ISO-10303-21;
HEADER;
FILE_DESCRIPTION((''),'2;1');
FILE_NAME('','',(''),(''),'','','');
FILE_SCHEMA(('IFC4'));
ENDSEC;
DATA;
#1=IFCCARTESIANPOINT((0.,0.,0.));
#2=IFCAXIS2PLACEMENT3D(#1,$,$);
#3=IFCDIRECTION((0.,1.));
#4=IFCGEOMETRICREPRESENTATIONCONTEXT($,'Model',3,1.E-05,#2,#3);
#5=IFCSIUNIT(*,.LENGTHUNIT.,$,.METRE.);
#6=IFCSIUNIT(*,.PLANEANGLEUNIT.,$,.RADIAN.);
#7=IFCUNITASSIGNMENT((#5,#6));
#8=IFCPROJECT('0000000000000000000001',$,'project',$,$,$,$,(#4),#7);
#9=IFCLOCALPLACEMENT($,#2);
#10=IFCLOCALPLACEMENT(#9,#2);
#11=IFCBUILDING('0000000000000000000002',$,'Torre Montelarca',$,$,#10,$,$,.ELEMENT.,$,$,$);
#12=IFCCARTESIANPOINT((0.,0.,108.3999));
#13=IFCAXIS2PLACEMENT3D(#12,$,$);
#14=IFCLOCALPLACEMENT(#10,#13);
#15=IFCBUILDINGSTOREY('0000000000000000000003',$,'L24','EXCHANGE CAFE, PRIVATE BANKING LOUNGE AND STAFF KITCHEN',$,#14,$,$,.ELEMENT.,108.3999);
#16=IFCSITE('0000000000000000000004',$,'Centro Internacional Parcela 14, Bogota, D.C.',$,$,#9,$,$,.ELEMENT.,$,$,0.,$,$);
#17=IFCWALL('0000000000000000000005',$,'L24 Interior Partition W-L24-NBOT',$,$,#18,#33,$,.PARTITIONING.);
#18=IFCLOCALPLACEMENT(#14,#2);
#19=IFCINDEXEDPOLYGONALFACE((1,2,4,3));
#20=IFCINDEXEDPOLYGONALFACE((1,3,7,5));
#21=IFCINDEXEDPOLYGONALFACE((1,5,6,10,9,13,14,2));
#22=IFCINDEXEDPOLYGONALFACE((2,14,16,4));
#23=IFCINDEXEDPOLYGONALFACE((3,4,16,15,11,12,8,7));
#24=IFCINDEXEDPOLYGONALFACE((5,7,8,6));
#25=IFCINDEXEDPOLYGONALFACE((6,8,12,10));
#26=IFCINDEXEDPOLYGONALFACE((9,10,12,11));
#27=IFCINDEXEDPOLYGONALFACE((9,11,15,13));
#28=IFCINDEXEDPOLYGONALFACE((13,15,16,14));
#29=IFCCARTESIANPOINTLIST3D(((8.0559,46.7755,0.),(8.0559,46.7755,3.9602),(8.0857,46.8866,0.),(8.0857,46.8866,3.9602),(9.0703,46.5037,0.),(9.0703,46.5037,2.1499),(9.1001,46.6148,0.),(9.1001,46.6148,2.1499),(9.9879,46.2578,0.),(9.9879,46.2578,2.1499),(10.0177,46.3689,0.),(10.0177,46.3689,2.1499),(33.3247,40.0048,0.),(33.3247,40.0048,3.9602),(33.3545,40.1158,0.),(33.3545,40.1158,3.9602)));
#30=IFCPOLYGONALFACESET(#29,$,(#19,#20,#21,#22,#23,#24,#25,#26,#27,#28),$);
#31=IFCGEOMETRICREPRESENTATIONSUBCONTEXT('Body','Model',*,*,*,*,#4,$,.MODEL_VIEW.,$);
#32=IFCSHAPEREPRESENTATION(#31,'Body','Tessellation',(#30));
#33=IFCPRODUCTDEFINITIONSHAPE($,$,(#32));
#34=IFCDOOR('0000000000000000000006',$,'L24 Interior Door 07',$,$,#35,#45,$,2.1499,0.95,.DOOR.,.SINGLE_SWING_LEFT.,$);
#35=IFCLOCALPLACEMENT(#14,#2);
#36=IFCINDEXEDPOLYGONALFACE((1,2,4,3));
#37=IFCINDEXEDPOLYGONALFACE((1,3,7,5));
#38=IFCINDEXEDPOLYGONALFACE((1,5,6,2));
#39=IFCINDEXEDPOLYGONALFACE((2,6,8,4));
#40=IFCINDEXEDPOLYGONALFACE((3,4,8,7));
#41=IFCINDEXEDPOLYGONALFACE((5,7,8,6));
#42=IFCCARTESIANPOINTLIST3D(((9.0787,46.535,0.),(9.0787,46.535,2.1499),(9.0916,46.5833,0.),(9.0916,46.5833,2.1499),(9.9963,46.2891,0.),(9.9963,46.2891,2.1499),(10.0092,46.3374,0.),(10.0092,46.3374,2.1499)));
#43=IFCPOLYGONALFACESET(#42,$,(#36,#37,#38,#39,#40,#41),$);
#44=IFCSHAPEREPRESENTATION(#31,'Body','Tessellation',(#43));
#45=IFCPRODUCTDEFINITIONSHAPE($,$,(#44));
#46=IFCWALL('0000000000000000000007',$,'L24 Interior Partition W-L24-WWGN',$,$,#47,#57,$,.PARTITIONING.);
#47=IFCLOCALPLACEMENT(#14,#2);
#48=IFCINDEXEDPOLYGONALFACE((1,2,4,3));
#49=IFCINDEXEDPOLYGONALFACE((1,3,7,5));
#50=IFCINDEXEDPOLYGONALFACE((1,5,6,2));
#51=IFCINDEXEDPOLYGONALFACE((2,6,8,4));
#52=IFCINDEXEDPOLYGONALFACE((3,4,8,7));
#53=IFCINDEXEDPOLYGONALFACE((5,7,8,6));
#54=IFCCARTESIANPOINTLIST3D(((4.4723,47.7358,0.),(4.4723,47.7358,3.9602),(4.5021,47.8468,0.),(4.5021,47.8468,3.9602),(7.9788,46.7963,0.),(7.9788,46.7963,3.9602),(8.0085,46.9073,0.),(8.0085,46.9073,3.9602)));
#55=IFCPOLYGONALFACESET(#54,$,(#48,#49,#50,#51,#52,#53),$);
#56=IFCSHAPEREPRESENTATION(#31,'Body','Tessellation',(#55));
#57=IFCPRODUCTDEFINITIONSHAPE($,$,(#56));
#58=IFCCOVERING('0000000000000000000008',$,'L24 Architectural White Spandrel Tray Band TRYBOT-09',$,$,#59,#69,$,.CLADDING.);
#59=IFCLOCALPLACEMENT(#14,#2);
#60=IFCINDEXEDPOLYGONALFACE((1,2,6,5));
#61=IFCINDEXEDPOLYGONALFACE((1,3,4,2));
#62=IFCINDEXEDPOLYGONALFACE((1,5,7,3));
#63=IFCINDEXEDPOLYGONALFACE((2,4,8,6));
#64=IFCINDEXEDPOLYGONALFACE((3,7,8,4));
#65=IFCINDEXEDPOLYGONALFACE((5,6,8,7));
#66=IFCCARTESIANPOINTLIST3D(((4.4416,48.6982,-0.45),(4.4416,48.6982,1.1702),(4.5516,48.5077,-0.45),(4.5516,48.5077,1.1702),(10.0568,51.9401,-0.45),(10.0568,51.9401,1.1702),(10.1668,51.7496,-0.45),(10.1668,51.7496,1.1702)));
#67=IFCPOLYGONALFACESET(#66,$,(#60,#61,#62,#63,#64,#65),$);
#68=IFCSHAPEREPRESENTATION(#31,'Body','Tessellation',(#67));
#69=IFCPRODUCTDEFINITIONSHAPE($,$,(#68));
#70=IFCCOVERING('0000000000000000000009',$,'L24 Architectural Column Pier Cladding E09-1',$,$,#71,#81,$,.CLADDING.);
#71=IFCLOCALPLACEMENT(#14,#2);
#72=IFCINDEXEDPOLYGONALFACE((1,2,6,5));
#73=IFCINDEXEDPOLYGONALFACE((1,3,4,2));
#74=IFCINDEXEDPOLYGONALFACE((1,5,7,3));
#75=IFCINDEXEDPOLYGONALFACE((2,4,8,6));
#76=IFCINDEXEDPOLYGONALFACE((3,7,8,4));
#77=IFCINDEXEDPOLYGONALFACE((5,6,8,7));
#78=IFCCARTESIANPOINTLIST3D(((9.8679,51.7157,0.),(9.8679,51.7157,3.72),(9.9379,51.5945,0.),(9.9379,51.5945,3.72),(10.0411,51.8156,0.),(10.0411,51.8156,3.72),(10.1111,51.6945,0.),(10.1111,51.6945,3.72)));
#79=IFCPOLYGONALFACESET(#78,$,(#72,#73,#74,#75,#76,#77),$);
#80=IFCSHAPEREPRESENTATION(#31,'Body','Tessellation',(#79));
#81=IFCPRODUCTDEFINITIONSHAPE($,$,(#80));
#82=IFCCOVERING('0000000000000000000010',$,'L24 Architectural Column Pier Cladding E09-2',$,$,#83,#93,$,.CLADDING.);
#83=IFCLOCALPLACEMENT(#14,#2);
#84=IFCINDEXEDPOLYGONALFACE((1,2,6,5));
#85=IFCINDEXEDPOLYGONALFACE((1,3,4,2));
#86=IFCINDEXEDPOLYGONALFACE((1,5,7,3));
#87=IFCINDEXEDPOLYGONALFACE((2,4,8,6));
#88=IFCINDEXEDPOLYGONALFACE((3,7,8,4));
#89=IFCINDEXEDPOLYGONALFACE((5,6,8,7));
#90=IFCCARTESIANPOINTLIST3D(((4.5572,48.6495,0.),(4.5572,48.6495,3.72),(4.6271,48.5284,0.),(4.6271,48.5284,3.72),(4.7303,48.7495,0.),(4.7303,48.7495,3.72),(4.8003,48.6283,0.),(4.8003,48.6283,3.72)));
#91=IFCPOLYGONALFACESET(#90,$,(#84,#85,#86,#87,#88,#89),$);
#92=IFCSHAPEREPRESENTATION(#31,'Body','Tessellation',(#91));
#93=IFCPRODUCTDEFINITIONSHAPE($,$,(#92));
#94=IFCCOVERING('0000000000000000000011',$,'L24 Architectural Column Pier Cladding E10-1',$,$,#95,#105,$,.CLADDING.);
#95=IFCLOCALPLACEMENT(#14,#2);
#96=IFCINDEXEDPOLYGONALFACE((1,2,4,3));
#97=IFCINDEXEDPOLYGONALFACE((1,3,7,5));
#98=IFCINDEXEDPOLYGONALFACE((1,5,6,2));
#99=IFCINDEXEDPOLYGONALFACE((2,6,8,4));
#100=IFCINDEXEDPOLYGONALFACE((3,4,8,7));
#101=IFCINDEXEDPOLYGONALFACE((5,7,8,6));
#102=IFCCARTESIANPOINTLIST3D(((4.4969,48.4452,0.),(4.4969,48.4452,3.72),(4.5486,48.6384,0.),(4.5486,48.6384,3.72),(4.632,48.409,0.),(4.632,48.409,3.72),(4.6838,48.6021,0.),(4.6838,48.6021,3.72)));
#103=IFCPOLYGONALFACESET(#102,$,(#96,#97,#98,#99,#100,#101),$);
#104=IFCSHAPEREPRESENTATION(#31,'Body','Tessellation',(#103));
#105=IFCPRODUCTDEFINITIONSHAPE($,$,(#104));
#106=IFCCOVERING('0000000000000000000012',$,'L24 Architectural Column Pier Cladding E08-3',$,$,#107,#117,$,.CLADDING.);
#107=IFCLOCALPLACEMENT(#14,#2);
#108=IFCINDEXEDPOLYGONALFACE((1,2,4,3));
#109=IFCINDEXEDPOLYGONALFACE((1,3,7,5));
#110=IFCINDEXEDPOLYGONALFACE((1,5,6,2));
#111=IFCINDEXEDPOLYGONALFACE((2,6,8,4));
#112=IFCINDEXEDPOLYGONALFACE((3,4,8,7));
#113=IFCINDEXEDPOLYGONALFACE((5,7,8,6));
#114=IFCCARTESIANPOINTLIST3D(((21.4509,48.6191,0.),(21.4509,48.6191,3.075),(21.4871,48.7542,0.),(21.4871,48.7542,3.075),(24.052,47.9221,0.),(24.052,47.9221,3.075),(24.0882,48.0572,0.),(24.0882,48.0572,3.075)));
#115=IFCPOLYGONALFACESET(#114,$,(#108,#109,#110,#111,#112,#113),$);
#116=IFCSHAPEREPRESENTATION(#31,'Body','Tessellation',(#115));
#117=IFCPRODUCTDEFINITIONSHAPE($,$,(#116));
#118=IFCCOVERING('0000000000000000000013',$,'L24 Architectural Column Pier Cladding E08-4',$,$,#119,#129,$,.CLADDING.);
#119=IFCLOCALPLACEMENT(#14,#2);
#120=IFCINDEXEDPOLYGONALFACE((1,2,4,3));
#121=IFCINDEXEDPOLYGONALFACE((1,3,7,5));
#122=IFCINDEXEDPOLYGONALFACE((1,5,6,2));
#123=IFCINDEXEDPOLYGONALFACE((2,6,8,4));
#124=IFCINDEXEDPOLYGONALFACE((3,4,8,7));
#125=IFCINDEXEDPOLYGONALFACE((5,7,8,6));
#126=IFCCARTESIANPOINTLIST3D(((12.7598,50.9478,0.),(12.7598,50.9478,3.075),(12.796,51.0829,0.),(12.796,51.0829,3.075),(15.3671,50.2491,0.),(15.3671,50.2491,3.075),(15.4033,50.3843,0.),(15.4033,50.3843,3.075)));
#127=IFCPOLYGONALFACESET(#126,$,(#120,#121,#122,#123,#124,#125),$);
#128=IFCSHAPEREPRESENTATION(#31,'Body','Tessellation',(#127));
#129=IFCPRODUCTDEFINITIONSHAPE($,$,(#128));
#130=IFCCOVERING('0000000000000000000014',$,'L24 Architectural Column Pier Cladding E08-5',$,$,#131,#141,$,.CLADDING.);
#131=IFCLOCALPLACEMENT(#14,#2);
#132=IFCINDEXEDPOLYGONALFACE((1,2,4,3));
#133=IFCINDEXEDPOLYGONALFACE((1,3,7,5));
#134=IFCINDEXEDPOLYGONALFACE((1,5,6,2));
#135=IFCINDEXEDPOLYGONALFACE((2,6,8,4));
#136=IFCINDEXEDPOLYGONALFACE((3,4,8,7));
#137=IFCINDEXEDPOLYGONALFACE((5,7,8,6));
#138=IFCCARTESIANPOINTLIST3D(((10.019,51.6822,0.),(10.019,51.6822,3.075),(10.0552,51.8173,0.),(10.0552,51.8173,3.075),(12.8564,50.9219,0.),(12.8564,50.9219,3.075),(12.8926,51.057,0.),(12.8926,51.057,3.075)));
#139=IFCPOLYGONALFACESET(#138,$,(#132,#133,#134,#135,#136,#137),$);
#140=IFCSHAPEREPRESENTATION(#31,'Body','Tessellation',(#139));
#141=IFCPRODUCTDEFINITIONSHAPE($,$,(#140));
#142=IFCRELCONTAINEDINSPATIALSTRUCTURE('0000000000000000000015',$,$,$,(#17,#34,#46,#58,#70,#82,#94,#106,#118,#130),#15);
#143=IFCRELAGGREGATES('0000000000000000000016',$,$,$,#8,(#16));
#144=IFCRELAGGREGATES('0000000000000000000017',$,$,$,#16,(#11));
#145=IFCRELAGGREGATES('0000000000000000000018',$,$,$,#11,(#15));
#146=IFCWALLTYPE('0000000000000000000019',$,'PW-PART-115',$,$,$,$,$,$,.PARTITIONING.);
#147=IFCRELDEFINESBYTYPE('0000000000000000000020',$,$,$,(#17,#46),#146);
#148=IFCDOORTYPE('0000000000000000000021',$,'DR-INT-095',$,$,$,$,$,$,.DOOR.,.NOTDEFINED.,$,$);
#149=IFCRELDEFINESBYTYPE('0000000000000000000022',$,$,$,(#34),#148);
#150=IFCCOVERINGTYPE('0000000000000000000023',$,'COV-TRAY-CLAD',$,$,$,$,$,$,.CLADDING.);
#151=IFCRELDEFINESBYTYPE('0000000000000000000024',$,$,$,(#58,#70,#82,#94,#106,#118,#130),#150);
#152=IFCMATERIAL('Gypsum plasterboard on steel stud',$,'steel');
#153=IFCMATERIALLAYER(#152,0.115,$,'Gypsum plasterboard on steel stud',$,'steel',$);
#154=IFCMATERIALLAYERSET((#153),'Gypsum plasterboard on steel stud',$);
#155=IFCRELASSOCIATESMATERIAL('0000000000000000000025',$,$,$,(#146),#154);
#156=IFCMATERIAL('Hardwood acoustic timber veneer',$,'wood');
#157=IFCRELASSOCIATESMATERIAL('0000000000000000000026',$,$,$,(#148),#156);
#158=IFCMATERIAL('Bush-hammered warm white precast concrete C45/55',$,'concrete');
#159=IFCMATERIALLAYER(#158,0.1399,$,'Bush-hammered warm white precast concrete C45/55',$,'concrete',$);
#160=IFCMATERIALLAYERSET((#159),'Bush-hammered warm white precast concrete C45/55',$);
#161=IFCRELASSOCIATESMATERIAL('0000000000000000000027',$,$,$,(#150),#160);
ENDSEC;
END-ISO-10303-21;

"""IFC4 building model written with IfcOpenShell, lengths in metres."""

from ifc_helpers import new_model, si_unit, direction, frame, frame_2d, origin, origin_2d, place, context, subcontext, project, spatial, rectangle, extrude, source, transform, mapped, material, layer, layer_set, type_object, element, fill, save


model = new_model("IFC4")

# Units and contexts
model_context = context("Model", 3, precision=1e-05, world=origin(), true_north=direction((0.0, 1.0)))
body_context = subcontext(model_context, "Body", "Model", "MODEL_VIEW")
ifc_project = project(units=[si_unit("LENGTHUNIT", "METRE"), si_unit("PLANEANGLEUNIT", "RADIAN")], contexts=[model_context])

# Site, building, storey
site_placement = place(None, origin())
site = spatial("IfcSite", under=ifc_project, at=site_placement, Name="Centro Internacional Parcela 14, Bogota, D.C.", CompositionType="ELEMENT", RefElevation=0.0)
building_placement = place(site_placement, origin())
building = spatial("IfcBuilding", under=site, at=building_placement, Name="Torre Montelarca", CompositionType="ELEMENT")
storey_placement = place(building_placement, frame((0.0, 0.0, 108.3999)))
storey = spatial("IfcBuildingStorey", under=building, at=storey_placement, Name="L24", Description="EXCHANGE CAFE, PRIVATE BANKING LOUNGE AND STAFF KITCHEN", CompositionType="ELEMENT", Elevation=108.3999)

# Wall, opening, door
ifc_material_1 = material(Name="Gypsum plasterboard on steel stud", Category="steel")
ifc_layer_1 = layer(ifc_material_1, 0.115, Name="Gypsum plasterboard on steel stud", Category="steel")
ifc_layer_set_1 = layer_set([ifc_layer_1], Name="Gypsum plasterboard on steel stud")
wall_type_1 = type_object("IfcWallType", Name="PW-PART-115", PredefinedType="PARTITIONING", material=ifc_layer_set_1)
wall_1_placement = place(storey_placement, frame((8.0708, 46.8311, 0.0), z_axis=(0.0, 0.0, 1.0), x_axis=(0.965926, -0.258819, 0.0)))
wall_1 = element("IfcWall", 1, at=wall_1_placement, inside=storey, type_object=wall_type_1, Name="L24 Interior Partition W-L24-NBOT", PredefinedType="PARTITIONING", context=body_context, shape_type="SweptSolid", body=[
    extrude(rectangle(XDim=26.1602, YDim=0.115, at=frame_2d((13.0801, 0.0))), origin(), (0.0, 0.0, 1.0), 3.9602),
])
opening_placement = place(wall_1_placement, frame((1.05, 0.0, 0.0)))
opening = element("IfcOpeningElement", 2, at=opening_placement, cuts=wall_1, PredefinedType="OPENING", context=body_context, shape_type="SweptSolid", body=[
    extrude(rectangle(XDim=0.95, YDim=2.1499, at=frame_2d((0.4751, 1.075))), frame((0.0, 0.0674, 0.0), z_axis=(0.0, -1.0, 0.0), x_axis=(1.0, 0.0, 0.0)), (0.0, 0.0, 1.0), 0.135),
])
ifc_material_2 = material(Name="Hardwood acoustic timber veneer", Category="wood")
door_type = type_object("IfcDoorType", Name="DR-INT-095", OperationType="NOTDEFINED", PredefinedType="DOOR", material=ifc_material_2)
shared_shape_1 = source(origin(), body_context, "Body", "SweptSolid", [
    extrude(rectangle(XDim=0.95, YDim=2.1499, at=frame_2d((0.4751, 1.075))), frame((0.0, 0.0249, 0.0), z_axis=(0.0, -1.0, 0.0), x_axis=(1.0, 0.0, 0.0)), (0.0, 0.0, 1.0), 0.05),
])
door_placement = place(opening_placement, origin())
door = element("IfcDoor", 3, at=door_placement, inside=storey, type_object=door_type, Name="L24 Interior Door 07", OperationType="SINGLE_SWING_LEFT", OverallHeight=2.1499, OverallWidth=0.95, PredefinedType="DOOR", context=body_context, shape_type="MappedRepresentation", body=[
    mapped(shared_shape_1, transform((0.0, 0.0, 0.0), scale=1.0)),
])
fill(opening, door)

# Wall
wall_2_placement = place(storey_placement, frame((4.4873, 47.7913, 0.0), z_axis=(0.0, 0.0, 1.0), x_axis=(0.965931, -0.258801, 0.0)))
element("IfcWall", 4, at=wall_2_placement, inside=storey, type_object=wall_type_1, Name="L24 Interior Partition W-L24-WWGN", PredefinedType="PARTITIONING", context=body_context, shape_type="SweptSolid", body=[
    extrude(rectangle(XDim=3.6301, YDim=0.115, at=frame_2d((1.8149, 0.0))), origin(), (0.0, 0.0, 1.0), 3.9602),
])

# Coverings
ifc_material_3 = material(Name="Bush-hammered warm white precast concrete C45/55", Category="concrete")
ifc_layer_2 = layer(ifc_material_3, 0.1399, Name="Bush-hammered warm white precast concrete C45/55", Category="concrete")
ifc_layer_set_2 = layer_set([ifc_layer_2], Name="Bush-hammered warm white precast concrete C45/55")
covering_type = type_object("IfcCoveringType", Name="COV-TRAY-CLAD", PredefinedType="CLADDING", material=ifc_layer_set_2)
shared_shape_2 = source(origin(), body_context, "Body", "SweptSolid", [
    extrude(rectangle(XDim=6.4839, YDim=0.22, at=origin_2d()), origin(), (0.0, 0.0, 1.0), 1.6201),
])
covering_1_placement = place(storey_placement, frame((7.3042, 50.2239, -0.45), z_axis=(0.0, 0.0, 1.0), x_axis=(-0.866026, -0.499998, 0.0)))
element("IfcCovering", 5, at=covering_1_placement, inside=storey, type_object=covering_type, Name="L24 Architectural White Spandrel Tray Band TRYBOT-09", PredefinedType="CLADDING", context=body_context, shape_type="MappedRepresentation", body=[
    mapped(shared_shape_2, transform((0.0, 0.0, 0.0), scale=1.0)),
])
shared_shape_3 = source(origin(), body_context, "Body", "SweptSolid", [
    extrude(rectangle(XDim=0.2, YDim=0.1399, at=origin_2d()), origin(), (0.0, 0.0, 1.0), 3.72),
])
for number, where, z_axis, x_axis, name in (
    (6, (9.9895, 51.7051, 0.0), (0.0, 0.0, 1.0), (-0.866025, -0.500002, 0.0), "L24 Architectural Column Pier Cladding E09-1"),
    (7, (4.6787, 48.6389, 0.0), (0.0, 0.0, 1.0), (-0.866025, -0.500002, 0.0), "L24 Architectural Column Pier Cladding E09-2"),
    (8, (4.5903, 48.5237, 0.0), (0.0, 0.0, 1.0), (-0.258819, -0.965926, 0.0), "L24 Architectural Column Pier Cladding E10-1"),
):
    element("IfcCovering", number, at=place(storey_placement, frame(where, z_axis=z_axis, x_axis=x_axis)), inside=storey, type_object=covering_type, Name=name, PredefinedType="CLADDING", context=body_context, shape_type="MappedRepresentation", body=[
        mapped(shared_shape_3, transform((0.0, 0.0, 0.0), scale=1.0)),
    ])
shared_shape_4 = source(origin(), body_context, "Body", "SweptSolid", [
    extrude(rectangle(XDim=2.6929, YDim=0.1399, at=origin_2d()), origin(), (0.0, 0.0, 1.0), 3.075),
])
covering_2_placement = place(storey_placement, frame((22.7695, 48.3381, 0.0), z_axis=(0.0, 0.0, 1.0), x_axis=(-0.965925, 0.258821, 0.0)))
element("IfcCovering", 9, at=covering_2_placement, inside=storey, type_object=covering_type, Name="L24 Architectural Column Pier Cladding E08-3", PredefinedType="CLADDING", context=body_context, shape_type="MappedRepresentation", body=[
    mapped(shared_shape_4, transform((0.0, 0.0, 0.0), scale=1.0)),
])
shared_shape_5 = source(origin(), body_context, "Body", "SweptSolid", [
    extrude(rectangle(XDim=2.6992, YDim=0.1399, at=origin_2d()), origin(), (0.0, 0.0, 1.0), 3.075),
])
covering_3_placement = place(storey_placement, frame((14.0815, 50.666, 0.0), z_axis=(0.0, 0.0, 1.0), x_axis=(-0.965925, 0.258821, 0.0)))
element("IfcCovering", 10, at=covering_3_placement, inside=storey, type_object=covering_type, Name="L24 Architectural Column Pier Cladding E08-4", PredefinedType="CLADDING", context=body_context, shape_type="MappedRepresentation", body=[
    mapped(shared_shape_5, transform((0.0, 0.0, 0.0), scale=1.0)),
])
shared_shape_6 = source(origin(), body_context, "Body", "SweptSolid", [
    extrude(rectangle(XDim=2.9375, YDim=0.1399, at=origin_2d()), origin(), (0.0, 0.0, 1.0), 3.075),
])
covering_4_placement = place(storey_placement, frame((11.4558, 51.3696, 0.0), z_axis=(0.0, 0.0, 1.0), x_axis=(-0.965925, 0.258821, 0.0)))
element("IfcCovering", 11, at=covering_4_placement, inside=storey, type_object=covering_type, Name="L24 Architectural Column Pier Cladding E08-5", PredefinedType="CLADDING", context=body_context, shape_type="MappedRepresentation", body=[
    mapped(shared_shape_6, transform((0.0, 0.0, 0.0), scale=1.0)),
])

save(model, "model.ifc")
